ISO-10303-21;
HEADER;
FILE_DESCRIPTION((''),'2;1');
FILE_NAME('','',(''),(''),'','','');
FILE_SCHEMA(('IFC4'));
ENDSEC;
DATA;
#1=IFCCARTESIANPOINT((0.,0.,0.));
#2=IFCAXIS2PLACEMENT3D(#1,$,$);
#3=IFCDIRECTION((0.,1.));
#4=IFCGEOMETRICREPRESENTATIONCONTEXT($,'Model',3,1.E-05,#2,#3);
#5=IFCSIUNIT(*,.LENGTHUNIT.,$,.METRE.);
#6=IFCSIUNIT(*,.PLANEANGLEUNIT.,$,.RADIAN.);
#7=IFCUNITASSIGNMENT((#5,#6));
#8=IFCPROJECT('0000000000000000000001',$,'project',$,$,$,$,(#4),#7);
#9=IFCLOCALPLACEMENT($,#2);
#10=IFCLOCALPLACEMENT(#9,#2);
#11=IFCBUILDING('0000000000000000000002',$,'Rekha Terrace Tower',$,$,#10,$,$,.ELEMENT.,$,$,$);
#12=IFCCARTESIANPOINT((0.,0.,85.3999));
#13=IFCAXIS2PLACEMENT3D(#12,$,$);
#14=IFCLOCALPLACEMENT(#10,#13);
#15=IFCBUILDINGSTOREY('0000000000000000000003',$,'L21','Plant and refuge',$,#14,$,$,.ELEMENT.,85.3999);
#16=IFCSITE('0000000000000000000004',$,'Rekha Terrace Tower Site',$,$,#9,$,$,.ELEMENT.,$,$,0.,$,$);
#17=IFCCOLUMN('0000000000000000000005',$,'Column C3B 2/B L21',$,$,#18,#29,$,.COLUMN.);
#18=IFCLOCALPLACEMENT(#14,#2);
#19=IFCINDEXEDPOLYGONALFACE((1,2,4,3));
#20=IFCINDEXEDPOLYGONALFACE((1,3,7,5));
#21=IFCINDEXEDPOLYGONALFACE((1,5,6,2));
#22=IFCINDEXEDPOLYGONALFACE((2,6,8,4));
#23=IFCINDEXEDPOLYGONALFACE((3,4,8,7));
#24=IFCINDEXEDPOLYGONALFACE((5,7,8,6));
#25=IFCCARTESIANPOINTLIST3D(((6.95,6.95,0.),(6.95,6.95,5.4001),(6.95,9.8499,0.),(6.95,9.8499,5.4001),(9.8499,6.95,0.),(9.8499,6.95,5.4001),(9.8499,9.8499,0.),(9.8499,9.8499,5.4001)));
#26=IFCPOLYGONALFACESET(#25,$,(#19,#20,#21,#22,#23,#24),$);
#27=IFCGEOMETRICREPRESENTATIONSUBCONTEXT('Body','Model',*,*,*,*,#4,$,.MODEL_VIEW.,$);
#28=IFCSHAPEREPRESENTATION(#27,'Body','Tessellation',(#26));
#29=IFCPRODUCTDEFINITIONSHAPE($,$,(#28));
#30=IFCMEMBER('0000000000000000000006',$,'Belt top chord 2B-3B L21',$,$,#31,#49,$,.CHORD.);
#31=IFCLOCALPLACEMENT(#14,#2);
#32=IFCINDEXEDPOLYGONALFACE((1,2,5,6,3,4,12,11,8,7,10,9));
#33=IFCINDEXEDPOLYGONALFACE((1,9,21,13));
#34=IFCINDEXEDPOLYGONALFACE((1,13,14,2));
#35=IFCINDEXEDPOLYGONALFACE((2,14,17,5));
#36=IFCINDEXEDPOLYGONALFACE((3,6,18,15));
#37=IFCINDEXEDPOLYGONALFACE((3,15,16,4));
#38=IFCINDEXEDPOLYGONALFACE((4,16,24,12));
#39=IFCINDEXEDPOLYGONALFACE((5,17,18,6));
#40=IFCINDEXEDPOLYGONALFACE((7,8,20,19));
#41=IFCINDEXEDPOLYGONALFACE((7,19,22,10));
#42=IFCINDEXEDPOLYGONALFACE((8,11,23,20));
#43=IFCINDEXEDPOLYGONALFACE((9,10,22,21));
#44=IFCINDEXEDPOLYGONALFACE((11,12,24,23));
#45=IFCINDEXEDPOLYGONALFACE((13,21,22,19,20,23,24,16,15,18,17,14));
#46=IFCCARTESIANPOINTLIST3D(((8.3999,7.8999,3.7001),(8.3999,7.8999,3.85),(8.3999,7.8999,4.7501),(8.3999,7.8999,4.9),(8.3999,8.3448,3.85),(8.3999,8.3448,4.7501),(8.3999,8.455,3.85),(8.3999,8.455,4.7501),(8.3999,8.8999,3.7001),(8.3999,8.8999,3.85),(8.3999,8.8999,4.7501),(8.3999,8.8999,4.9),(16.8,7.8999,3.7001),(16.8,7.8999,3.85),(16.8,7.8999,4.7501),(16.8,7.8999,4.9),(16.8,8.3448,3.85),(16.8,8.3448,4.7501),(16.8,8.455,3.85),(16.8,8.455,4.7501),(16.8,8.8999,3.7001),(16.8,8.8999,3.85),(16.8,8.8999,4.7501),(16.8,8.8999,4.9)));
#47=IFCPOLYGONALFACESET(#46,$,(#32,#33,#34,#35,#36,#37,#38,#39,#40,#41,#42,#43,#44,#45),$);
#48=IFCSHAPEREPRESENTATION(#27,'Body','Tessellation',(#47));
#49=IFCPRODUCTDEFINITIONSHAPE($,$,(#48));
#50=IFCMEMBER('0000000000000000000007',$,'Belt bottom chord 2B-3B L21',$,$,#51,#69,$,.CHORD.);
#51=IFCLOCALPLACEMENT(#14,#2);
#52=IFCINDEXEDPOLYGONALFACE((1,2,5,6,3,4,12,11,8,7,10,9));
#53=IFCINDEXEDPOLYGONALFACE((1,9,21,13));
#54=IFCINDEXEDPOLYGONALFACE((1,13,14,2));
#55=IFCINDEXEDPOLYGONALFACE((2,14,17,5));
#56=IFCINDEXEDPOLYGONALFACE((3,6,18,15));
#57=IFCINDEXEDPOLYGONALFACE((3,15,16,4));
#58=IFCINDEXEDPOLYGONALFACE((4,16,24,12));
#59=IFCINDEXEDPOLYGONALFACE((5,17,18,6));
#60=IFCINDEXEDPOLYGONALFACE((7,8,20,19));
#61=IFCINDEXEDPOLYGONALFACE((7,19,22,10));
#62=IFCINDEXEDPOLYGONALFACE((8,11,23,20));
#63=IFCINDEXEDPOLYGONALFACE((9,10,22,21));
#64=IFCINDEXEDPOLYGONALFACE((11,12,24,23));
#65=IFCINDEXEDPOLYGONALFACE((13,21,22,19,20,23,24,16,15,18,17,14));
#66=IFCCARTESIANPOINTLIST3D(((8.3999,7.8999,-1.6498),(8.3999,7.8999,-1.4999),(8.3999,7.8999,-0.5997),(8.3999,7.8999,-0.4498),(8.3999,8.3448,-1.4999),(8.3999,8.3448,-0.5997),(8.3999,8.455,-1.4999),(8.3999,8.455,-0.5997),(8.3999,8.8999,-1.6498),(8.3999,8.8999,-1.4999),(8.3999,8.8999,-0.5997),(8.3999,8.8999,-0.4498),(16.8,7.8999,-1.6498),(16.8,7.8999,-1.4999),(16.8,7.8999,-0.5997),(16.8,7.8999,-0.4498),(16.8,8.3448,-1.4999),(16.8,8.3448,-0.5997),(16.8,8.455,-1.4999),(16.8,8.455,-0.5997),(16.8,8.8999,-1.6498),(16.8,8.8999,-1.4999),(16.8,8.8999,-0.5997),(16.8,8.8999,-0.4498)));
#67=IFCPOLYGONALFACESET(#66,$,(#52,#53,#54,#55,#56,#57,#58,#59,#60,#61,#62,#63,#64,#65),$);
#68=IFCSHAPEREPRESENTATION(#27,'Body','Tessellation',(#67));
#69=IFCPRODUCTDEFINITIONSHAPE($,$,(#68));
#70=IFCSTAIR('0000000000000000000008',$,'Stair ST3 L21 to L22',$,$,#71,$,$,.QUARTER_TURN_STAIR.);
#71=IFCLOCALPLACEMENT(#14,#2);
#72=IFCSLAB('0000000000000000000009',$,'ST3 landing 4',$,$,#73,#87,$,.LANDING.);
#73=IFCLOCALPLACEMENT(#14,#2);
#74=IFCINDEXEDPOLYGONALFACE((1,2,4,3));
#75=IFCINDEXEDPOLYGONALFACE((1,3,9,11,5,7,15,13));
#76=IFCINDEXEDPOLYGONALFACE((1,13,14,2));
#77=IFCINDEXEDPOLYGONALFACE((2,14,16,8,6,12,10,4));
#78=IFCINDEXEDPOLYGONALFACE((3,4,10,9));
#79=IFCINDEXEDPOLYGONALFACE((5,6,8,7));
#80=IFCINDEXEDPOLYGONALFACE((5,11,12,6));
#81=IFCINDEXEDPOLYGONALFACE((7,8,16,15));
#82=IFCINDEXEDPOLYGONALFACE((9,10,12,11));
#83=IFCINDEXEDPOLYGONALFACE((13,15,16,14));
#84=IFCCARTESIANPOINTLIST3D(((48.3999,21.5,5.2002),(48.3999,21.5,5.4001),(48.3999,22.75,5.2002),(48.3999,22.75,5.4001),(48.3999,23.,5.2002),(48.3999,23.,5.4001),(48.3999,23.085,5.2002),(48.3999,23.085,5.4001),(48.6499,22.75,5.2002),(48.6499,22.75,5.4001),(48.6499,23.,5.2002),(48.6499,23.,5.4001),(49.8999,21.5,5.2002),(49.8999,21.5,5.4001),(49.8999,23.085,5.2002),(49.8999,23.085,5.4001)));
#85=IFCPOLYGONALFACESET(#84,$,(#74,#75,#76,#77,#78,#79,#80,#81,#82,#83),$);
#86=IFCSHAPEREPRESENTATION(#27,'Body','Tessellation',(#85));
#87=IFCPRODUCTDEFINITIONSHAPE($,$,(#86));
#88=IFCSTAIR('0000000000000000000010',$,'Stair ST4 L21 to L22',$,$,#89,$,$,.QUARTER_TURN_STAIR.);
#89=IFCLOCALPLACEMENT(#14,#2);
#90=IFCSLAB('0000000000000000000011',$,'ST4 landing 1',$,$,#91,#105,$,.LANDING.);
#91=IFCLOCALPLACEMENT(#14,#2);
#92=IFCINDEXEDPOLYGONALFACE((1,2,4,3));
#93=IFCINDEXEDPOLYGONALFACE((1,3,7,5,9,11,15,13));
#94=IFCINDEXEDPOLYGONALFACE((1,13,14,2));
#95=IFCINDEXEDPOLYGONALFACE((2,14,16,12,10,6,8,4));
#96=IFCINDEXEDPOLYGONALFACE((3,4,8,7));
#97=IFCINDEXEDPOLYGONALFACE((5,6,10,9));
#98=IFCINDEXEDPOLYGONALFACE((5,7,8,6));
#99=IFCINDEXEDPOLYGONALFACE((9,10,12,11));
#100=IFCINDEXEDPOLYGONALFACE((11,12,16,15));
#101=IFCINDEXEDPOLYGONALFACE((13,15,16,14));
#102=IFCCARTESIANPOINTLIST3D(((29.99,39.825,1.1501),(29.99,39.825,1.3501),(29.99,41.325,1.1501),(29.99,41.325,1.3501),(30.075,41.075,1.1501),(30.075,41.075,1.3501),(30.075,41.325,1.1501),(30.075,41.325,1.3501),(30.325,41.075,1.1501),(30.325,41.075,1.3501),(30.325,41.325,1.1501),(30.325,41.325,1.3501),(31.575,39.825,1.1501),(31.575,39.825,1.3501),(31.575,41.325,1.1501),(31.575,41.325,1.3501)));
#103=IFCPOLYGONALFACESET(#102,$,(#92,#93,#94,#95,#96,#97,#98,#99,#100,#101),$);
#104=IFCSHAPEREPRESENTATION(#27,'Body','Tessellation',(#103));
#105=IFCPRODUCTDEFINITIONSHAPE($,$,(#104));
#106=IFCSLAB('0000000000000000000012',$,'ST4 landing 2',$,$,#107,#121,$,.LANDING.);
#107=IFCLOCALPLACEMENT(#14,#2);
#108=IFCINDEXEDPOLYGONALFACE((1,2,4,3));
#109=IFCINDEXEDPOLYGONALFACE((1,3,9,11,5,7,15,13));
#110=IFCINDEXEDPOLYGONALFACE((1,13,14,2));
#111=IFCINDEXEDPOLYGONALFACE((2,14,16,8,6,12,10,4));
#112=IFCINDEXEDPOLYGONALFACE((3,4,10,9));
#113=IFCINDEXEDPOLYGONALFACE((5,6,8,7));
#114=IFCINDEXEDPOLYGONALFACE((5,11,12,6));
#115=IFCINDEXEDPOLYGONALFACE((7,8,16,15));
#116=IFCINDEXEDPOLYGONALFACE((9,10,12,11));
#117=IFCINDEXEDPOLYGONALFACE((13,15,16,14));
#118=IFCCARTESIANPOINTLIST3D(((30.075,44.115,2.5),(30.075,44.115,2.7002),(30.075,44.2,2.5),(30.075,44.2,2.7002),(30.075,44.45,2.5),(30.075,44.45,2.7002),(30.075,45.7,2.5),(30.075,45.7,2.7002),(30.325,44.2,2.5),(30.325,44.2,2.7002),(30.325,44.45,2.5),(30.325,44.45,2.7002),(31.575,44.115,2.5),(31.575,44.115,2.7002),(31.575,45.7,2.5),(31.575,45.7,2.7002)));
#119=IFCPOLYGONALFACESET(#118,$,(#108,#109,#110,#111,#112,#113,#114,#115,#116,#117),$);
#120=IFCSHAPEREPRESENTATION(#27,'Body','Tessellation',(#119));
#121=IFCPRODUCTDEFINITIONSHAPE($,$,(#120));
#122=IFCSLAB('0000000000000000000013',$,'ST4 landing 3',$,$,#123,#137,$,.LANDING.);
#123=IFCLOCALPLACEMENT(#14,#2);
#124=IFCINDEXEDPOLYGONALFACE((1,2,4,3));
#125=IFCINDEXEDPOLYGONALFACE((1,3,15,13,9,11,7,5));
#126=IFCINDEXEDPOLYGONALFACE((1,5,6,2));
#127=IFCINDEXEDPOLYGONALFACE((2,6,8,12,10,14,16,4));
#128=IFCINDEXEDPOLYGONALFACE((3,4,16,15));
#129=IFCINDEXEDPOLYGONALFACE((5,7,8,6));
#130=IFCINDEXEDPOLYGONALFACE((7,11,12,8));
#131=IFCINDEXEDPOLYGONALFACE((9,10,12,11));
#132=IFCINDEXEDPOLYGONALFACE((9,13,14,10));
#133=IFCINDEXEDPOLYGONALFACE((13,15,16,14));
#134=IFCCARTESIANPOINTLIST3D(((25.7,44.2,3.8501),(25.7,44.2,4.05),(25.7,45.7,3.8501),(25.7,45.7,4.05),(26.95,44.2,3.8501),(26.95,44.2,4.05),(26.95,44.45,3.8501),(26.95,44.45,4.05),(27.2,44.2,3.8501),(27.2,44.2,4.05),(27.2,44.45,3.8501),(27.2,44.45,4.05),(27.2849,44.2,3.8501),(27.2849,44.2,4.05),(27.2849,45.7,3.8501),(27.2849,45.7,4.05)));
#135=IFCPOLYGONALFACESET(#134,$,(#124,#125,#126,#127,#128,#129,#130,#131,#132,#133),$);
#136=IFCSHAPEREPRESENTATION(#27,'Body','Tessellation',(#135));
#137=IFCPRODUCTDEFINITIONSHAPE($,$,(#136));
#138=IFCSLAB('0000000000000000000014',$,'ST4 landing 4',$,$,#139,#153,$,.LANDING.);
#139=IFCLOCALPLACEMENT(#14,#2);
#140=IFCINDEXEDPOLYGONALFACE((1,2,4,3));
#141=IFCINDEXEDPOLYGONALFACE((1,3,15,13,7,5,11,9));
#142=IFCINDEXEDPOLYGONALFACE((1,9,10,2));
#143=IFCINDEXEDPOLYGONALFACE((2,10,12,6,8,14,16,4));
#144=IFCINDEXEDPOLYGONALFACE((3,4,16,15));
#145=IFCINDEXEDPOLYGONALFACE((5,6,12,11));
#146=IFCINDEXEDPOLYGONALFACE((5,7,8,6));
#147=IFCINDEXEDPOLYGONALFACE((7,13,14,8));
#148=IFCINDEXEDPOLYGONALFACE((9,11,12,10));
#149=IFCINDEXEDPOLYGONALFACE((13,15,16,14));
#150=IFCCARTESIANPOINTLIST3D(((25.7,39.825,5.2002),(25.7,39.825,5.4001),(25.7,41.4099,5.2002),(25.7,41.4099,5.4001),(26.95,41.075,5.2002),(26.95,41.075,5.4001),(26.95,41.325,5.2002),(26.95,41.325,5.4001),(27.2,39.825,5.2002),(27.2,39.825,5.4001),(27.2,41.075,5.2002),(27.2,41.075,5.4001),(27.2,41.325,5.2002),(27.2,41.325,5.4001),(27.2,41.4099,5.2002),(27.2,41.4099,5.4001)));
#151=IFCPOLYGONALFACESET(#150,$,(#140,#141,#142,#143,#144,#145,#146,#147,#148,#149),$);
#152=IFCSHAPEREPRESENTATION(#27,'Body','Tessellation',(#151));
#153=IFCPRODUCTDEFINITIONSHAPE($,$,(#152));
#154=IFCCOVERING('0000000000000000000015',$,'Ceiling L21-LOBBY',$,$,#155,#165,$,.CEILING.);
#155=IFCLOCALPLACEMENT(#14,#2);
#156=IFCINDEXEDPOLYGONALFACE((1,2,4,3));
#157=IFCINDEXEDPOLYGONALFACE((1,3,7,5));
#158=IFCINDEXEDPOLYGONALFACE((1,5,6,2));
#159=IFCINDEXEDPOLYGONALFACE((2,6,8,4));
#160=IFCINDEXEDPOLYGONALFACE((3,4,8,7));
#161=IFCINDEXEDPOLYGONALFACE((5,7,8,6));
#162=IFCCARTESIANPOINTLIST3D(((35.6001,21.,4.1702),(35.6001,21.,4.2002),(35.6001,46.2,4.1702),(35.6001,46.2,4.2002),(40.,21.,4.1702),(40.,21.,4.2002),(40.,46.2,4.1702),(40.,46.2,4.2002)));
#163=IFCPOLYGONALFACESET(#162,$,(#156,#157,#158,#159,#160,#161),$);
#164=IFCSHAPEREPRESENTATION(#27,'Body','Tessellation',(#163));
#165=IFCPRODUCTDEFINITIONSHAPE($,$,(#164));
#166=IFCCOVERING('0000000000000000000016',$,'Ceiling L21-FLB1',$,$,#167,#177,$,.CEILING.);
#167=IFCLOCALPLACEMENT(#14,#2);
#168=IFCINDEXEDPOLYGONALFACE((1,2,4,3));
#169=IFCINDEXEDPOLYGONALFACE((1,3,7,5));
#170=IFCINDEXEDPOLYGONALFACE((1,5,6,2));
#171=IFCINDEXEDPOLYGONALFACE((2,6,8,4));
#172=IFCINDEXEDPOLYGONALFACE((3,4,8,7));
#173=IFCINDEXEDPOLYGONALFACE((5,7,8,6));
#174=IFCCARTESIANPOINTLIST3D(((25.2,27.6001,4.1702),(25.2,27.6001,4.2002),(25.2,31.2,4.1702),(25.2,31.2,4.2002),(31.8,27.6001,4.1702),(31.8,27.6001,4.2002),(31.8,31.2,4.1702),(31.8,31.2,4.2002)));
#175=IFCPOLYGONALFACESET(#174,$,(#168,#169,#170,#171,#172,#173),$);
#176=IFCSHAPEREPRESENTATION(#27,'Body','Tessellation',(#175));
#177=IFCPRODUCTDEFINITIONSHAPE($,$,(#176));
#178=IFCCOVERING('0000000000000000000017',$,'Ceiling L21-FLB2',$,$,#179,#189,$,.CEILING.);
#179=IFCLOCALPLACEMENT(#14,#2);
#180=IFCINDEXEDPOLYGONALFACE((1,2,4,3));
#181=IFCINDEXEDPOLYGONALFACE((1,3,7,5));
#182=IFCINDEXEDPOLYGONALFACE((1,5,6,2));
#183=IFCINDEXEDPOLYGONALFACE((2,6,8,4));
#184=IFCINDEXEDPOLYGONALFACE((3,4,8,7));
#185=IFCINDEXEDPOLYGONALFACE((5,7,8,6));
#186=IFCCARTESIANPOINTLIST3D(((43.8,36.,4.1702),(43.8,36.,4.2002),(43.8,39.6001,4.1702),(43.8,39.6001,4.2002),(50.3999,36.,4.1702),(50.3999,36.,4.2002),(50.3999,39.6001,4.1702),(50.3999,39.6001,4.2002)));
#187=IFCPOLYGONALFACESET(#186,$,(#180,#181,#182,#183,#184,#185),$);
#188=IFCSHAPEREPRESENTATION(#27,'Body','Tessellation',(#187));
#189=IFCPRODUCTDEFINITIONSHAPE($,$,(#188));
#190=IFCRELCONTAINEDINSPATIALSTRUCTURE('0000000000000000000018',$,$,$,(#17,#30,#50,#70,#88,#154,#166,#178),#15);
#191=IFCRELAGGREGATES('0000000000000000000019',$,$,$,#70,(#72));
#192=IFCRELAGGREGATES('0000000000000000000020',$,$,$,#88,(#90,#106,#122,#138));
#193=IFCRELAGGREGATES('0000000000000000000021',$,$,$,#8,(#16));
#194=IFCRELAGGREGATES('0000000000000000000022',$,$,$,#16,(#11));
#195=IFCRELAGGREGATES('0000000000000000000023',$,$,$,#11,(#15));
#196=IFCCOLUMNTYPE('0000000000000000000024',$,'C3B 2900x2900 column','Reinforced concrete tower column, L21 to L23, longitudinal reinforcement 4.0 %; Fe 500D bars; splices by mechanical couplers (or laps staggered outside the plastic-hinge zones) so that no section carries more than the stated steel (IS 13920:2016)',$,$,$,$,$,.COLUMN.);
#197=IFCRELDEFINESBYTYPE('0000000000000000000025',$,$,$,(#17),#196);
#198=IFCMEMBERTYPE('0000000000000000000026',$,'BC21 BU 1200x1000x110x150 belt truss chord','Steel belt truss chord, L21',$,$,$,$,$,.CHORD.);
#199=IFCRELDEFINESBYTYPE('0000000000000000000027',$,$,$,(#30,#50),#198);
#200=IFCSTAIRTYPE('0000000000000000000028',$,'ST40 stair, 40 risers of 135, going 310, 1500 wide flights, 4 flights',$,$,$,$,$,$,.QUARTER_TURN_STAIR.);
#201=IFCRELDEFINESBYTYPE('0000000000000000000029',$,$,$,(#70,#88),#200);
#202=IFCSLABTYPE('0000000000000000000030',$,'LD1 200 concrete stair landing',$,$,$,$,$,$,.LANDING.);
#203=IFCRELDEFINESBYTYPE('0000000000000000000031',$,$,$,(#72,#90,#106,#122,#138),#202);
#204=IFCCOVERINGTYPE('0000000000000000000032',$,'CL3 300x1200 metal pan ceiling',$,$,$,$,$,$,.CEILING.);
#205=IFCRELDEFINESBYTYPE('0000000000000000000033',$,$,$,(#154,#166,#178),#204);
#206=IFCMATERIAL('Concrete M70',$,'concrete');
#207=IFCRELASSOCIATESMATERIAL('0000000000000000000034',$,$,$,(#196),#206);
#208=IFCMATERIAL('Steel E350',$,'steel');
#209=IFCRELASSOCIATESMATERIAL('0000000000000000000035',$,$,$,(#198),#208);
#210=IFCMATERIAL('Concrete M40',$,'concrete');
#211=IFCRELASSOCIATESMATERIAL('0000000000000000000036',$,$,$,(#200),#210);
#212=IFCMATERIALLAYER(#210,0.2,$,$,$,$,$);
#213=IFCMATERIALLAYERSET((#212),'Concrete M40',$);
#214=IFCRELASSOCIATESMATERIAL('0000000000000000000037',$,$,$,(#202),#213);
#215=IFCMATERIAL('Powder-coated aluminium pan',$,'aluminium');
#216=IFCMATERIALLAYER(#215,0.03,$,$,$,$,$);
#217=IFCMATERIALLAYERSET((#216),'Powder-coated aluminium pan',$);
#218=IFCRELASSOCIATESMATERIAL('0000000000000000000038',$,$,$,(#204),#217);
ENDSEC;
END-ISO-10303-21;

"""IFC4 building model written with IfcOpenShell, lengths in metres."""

from ifc_helpers import new_model, si_unit, direction, frame, origin, origin_2d, place, context, subcontext, project, spatial, polyline, rectangle, i_section, outline, extrude, material, layer, layer_set, material_profile, profile_set, type_object, element, aggregate, save


model = new_model("IFC4")

# Units and contexts
model_context = context("Model", 3, precision=1e-05, world=origin(), true_north=direction((0.0, 1.0)))
body_context = subcontext(model_context, "Body", "Model", "MODEL_VIEW")
ifc_project = project(units=[si_unit("LENGTHUNIT", "METRE"), si_unit("PLANEANGLEUNIT", "RADIAN")], contexts=[model_context])

# Site, building, storey
site_placement = place(None, origin())
site = spatial("IfcSite", under=ifc_project, at=site_placement, Name="Rekha Terrace Tower Site", CompositionType="ELEMENT", RefElevation=0.0)
building_placement = place(site_placement, origin())
building = spatial("IfcBuilding", under=site, at=building_placement, Name="Rekha Terrace Tower", CompositionType="ELEMENT")
storey_placement = place(building_placement, frame((0.0, 0.0, 85.3999)))
storey = spatial("IfcBuildingStorey", under=building, at=storey_placement, Name="L21", Description="Plant and refuge", CompositionType="ELEMENT", Elevation=85.3999)

# Column
ifc_material_1 = material(Name="Concrete M70", Category="concrete")
ifc_material_profile_1 = material_profile(ifc_material_1, rectangle(XDim=2.8999, YDim=2.8999, at=origin_2d()), Name="RC 2900x2900")
ifc_profile_set_1 = profile_set([ifc_material_profile_1], Name="Concrete M70")
column_type = type_object("IfcColumnType", Name="C3B 2900x2900 column", Description="Reinforced concrete tower column, L21 to L23, longitudinal reinforcement 4.0 %; Fe 500D bars; splices by mechanical couplers (or laps staggered outside the plastic-hinge zones) so that no section carries more than the stated steel (IS 13920:2016)", PredefinedType="COLUMN", material=ifc_profile_set_1)
column_placement = place(storey_placement, frame((8.3999, 8.3999, 0.0), z_axis=(0.0, 0.0, 1.0), x_axis=(1.0, 0.0, 0.0)))
element("IfcColumn", 1, at=column_placement, inside=storey, type_object=column_type, Name="Column C3B 2/B L21", PredefinedType="COLUMN", context=body_context, shape_type="SweptSolid", body=[
    extrude(rectangle(XDim=2.8999, YDim=2.8999, at=origin_2d()), origin(), (0.0, 0.0, 1.0), 5.4001),
])

# Members
ifc_material_2 = material(Name="Steel E350", Category="steel")
ifc_material_profile_2 = material_profile(ifc_material_2, i_section(OverallWidth=1.0, OverallDepth=1.2, WebThickness=0.1101, FlangeThickness=0.1499, at=origin_2d()), Name="BU 1200x1000x110x150")
ifc_profile_set_2 = profile_set([ifc_material_profile_2], Name="Steel E350")
member_type = type_object("IfcMemberType", Name="BC21 BU 1200x1000x110x150 belt truss chord", Description="Steel belt truss chord, L21", PredefinedType="CHORD", material=ifc_profile_set_2)
for number, where, z_axis, x_axis, name in (
    (2, (8.3999, 8.3999, 4.3), (1.0, 0.0, 0.0), (0.0, 1.0, 0.0), "Belt top chord 2B-3B L21"),
    (3, (8.3999, 8.3999, -1.0498), (1.0, 0.0, 0.0), (0.0, 1.0, 0.0), "Belt bottom chord 2B-3B L21"),
):
    element("IfcMember", number, at=place(storey_placement, frame(where, z_axis=z_axis, x_axis=x_axis)), inside=storey, type_object=member_type, Name=name, PredefinedType="CHORD", context=body_context, shape_type="SweptSolid", body=[
        extrude(i_section(OverallWidth=1.0, OverallDepth=1.2, WebThickness=0.1101, FlangeThickness=0.1499, at=origin_2d()), origin(), (0.0, 0.0, 1.0), 8.4001),
    ])

# Stair, slab
ifc_material_3 = material(Name="Concrete M40", Category="concrete")
stair_type = type_object("IfcStairType", Name="ST40 stair, 40 risers of 135, going 310, 1500 wide flights, 4 flights", PredefinedType="QUARTER_TURN_STAIR", material=ifc_material_3)
stair_1_placement = place(storey_placement, origin())
stair_1 = element("IfcStair", 4, at=stair_1_placement, inside=storey, type_object=stair_type, Name="Stair ST3 L21 to L22", PredefinedType="QUARTER_TURN_STAIR")
ifc_layer_1 = layer(ifc_material_3, 0.2)
ifc_layer_set_1 = layer_set([ifc_layer_1], Name="Concrete M40")
slab_type = type_object("IfcSlabType", Name="LD1 200 concrete stair landing", PredefinedType="LANDING", material=ifc_layer_set_1)
slab_1_placement = place(storey_placement, frame((0.0, 0.0, 5.2002)))
slab_1 = element("IfcSlab", 5, at=slab_1_placement, type_object=slab_type, Name="ST3 landing 4", PredefinedType="LANDING", context=body_context, shape_type="SweptSolid", body=[
    extrude(outline(polyline([(48.3999, 21.5), (49.8999, 21.5), (49.8999, 23.085), (48.3999, 23.085), (48.3999, 23.0), (48.6499, 23.0), (48.6499, 22.75), (48.3999, 22.75), (48.3999, 21.5)])), origin(), (0.0, 0.0, 1.0), 0.2),
])
aggregate(stair_1, [slab_1])

# Stair, slabs
stair_2_placement = place(storey_placement, origin())
stair_2 = element("IfcStair", 6, at=stair_2_placement, inside=storey, type_object=stair_type, Name="Stair ST4 L21 to L22", PredefinedType="QUARTER_TURN_STAIR")
slab_2_placement = place(storey_placement, frame((0.0, 0.0, 1.1501)))
slab_2 = element("IfcSlab", 7, at=slab_2_placement, type_object=slab_type, Name="ST4 landing 1", PredefinedType="LANDING", context=body_context, shape_type="SweptSolid", body=[
    extrude(outline(polyline([(31.575, 41.325), (31.575, 39.825), (29.99, 39.825), (29.99, 41.325), (30.075, 41.325), (30.075, 41.075), (30.325, 41.075), (30.325, 41.325), (31.575, 41.325)])), origin(), (0.0, 0.0, 1.0), 0.2),
])
slab_3_placement = place(storey_placement, frame((0.0, 0.0, 2.5)))
slab_3 = element("IfcSlab", 8, at=slab_3_placement, type_object=slab_type, Name="ST4 landing 2", PredefinedType="LANDING", context=body_context, shape_type="SweptSolid", body=[
    extrude(outline(polyline([(30.075, 45.7), (31.575, 45.7), (31.575, 44.115), (30.075, 44.115), (30.075, 44.2), (30.325, 44.2), (30.325, 44.45), (30.075, 44.45), (30.075, 45.7)])), origin(), (0.0, 0.0, 1.0), 0.2002),
])
slab_4_placement = place(storey_placement, frame((0.0, 0.0, 3.8501)))
slab_4 = element("IfcSlab", 9, at=slab_4_placement, type_object=slab_type, Name="ST4 landing 3", PredefinedType="LANDING", context=body_context, shape_type="SweptSolid", body=[
    extrude(outline(polyline([(25.7, 44.2), (25.7, 45.7), (27.2849, 45.7), (27.2849, 44.2), (27.2, 44.2), (27.2, 44.45), (26.95, 44.45), (26.95, 44.2), (25.7, 44.2)])), origin(), (0.0, 0.0, 1.0), 0.2),
])
slab_5_placement = place(storey_placement, frame((0.0, 0.0, 5.2002)))
slab_5 = element("IfcSlab", 10, at=slab_5_placement, type_object=slab_type, Name="ST4 landing 4", PredefinedType="LANDING", context=body_context, shape_type="SweptSolid", body=[
    extrude(outline(polyline([(27.2, 39.825), (25.7, 39.825), (25.7, 41.4099), (27.2, 41.4099), (27.2, 41.325), (26.95, 41.325), (26.95, 41.075), (27.2, 41.075), (27.2, 39.825)])), origin(), (0.0, 0.0, 1.0), 0.2),
])
aggregate(stair_2, [slab_2, slab_3, slab_4, slab_5])

# Coverings
ifc_material_4 = material(Name="Powder-coated aluminium pan", Category="aluminium")
ifc_layer_2 = layer(ifc_material_4, 0.03)
ifc_layer_set_2 = layer_set([ifc_layer_2], Name="Powder-coated aluminium pan")
covering_type = type_object("IfcCoveringType", Name="CL3 300x1200 metal pan ceiling", PredefinedType="CEILING", material=ifc_layer_set_2)
covering_1_placement = place(storey_placement, frame((0.0, 0.0, 4.1702)))
element("IfcCovering", 11, at=covering_1_placement, inside=storey, type_object=covering_type, Name="Ceiling L21-LOBBY", PredefinedType="CEILING", context=body_context, shape_type="SweptSolid", body=[
    extrude(outline(polyline([(40.0, 46.2), (35.6001, 46.2), (35.6001, 21.0), (40.0, 21.0), (40.0, 46.2)])), origin(), (0.0, 0.0, 1.0), 0.03),
])
covering_2_placement = place(storey_placement, frame((0.0, 0.0, 4.1702)))
element("IfcCovering", 12, at=covering_2_placement, inside=storey, type_object=covering_type, Name="Ceiling L21-FLB1", PredefinedType="CEILING", context=body_context, shape_type="SweptSolid", body=[
    extrude(outline(polyline([(31.8, 31.2), (25.2, 31.2), (25.2, 27.6001), (31.8, 27.6001), (31.8, 31.2)])), origin(), (0.0, 0.0, 1.0), 0.03),
])
covering_3_placement = place(storey_placement, frame((0.0, 0.0, 4.1702)))
element("IfcCovering", 13, at=covering_3_placement, inside=storey, type_object=covering_type, Name="Ceiling L21-FLB2", PredefinedType="CEILING", context=body_context, shape_type="SweptSolid", body=[
    extrude(outline(polyline([(50.3999, 39.6001), (43.8, 39.6001), (43.8, 36.0), (50.3999, 36.0), (50.3999, 39.6001)])), origin(), (0.0, 0.0, 1.0), 0.03),
])

save(model, "model.ifc")
